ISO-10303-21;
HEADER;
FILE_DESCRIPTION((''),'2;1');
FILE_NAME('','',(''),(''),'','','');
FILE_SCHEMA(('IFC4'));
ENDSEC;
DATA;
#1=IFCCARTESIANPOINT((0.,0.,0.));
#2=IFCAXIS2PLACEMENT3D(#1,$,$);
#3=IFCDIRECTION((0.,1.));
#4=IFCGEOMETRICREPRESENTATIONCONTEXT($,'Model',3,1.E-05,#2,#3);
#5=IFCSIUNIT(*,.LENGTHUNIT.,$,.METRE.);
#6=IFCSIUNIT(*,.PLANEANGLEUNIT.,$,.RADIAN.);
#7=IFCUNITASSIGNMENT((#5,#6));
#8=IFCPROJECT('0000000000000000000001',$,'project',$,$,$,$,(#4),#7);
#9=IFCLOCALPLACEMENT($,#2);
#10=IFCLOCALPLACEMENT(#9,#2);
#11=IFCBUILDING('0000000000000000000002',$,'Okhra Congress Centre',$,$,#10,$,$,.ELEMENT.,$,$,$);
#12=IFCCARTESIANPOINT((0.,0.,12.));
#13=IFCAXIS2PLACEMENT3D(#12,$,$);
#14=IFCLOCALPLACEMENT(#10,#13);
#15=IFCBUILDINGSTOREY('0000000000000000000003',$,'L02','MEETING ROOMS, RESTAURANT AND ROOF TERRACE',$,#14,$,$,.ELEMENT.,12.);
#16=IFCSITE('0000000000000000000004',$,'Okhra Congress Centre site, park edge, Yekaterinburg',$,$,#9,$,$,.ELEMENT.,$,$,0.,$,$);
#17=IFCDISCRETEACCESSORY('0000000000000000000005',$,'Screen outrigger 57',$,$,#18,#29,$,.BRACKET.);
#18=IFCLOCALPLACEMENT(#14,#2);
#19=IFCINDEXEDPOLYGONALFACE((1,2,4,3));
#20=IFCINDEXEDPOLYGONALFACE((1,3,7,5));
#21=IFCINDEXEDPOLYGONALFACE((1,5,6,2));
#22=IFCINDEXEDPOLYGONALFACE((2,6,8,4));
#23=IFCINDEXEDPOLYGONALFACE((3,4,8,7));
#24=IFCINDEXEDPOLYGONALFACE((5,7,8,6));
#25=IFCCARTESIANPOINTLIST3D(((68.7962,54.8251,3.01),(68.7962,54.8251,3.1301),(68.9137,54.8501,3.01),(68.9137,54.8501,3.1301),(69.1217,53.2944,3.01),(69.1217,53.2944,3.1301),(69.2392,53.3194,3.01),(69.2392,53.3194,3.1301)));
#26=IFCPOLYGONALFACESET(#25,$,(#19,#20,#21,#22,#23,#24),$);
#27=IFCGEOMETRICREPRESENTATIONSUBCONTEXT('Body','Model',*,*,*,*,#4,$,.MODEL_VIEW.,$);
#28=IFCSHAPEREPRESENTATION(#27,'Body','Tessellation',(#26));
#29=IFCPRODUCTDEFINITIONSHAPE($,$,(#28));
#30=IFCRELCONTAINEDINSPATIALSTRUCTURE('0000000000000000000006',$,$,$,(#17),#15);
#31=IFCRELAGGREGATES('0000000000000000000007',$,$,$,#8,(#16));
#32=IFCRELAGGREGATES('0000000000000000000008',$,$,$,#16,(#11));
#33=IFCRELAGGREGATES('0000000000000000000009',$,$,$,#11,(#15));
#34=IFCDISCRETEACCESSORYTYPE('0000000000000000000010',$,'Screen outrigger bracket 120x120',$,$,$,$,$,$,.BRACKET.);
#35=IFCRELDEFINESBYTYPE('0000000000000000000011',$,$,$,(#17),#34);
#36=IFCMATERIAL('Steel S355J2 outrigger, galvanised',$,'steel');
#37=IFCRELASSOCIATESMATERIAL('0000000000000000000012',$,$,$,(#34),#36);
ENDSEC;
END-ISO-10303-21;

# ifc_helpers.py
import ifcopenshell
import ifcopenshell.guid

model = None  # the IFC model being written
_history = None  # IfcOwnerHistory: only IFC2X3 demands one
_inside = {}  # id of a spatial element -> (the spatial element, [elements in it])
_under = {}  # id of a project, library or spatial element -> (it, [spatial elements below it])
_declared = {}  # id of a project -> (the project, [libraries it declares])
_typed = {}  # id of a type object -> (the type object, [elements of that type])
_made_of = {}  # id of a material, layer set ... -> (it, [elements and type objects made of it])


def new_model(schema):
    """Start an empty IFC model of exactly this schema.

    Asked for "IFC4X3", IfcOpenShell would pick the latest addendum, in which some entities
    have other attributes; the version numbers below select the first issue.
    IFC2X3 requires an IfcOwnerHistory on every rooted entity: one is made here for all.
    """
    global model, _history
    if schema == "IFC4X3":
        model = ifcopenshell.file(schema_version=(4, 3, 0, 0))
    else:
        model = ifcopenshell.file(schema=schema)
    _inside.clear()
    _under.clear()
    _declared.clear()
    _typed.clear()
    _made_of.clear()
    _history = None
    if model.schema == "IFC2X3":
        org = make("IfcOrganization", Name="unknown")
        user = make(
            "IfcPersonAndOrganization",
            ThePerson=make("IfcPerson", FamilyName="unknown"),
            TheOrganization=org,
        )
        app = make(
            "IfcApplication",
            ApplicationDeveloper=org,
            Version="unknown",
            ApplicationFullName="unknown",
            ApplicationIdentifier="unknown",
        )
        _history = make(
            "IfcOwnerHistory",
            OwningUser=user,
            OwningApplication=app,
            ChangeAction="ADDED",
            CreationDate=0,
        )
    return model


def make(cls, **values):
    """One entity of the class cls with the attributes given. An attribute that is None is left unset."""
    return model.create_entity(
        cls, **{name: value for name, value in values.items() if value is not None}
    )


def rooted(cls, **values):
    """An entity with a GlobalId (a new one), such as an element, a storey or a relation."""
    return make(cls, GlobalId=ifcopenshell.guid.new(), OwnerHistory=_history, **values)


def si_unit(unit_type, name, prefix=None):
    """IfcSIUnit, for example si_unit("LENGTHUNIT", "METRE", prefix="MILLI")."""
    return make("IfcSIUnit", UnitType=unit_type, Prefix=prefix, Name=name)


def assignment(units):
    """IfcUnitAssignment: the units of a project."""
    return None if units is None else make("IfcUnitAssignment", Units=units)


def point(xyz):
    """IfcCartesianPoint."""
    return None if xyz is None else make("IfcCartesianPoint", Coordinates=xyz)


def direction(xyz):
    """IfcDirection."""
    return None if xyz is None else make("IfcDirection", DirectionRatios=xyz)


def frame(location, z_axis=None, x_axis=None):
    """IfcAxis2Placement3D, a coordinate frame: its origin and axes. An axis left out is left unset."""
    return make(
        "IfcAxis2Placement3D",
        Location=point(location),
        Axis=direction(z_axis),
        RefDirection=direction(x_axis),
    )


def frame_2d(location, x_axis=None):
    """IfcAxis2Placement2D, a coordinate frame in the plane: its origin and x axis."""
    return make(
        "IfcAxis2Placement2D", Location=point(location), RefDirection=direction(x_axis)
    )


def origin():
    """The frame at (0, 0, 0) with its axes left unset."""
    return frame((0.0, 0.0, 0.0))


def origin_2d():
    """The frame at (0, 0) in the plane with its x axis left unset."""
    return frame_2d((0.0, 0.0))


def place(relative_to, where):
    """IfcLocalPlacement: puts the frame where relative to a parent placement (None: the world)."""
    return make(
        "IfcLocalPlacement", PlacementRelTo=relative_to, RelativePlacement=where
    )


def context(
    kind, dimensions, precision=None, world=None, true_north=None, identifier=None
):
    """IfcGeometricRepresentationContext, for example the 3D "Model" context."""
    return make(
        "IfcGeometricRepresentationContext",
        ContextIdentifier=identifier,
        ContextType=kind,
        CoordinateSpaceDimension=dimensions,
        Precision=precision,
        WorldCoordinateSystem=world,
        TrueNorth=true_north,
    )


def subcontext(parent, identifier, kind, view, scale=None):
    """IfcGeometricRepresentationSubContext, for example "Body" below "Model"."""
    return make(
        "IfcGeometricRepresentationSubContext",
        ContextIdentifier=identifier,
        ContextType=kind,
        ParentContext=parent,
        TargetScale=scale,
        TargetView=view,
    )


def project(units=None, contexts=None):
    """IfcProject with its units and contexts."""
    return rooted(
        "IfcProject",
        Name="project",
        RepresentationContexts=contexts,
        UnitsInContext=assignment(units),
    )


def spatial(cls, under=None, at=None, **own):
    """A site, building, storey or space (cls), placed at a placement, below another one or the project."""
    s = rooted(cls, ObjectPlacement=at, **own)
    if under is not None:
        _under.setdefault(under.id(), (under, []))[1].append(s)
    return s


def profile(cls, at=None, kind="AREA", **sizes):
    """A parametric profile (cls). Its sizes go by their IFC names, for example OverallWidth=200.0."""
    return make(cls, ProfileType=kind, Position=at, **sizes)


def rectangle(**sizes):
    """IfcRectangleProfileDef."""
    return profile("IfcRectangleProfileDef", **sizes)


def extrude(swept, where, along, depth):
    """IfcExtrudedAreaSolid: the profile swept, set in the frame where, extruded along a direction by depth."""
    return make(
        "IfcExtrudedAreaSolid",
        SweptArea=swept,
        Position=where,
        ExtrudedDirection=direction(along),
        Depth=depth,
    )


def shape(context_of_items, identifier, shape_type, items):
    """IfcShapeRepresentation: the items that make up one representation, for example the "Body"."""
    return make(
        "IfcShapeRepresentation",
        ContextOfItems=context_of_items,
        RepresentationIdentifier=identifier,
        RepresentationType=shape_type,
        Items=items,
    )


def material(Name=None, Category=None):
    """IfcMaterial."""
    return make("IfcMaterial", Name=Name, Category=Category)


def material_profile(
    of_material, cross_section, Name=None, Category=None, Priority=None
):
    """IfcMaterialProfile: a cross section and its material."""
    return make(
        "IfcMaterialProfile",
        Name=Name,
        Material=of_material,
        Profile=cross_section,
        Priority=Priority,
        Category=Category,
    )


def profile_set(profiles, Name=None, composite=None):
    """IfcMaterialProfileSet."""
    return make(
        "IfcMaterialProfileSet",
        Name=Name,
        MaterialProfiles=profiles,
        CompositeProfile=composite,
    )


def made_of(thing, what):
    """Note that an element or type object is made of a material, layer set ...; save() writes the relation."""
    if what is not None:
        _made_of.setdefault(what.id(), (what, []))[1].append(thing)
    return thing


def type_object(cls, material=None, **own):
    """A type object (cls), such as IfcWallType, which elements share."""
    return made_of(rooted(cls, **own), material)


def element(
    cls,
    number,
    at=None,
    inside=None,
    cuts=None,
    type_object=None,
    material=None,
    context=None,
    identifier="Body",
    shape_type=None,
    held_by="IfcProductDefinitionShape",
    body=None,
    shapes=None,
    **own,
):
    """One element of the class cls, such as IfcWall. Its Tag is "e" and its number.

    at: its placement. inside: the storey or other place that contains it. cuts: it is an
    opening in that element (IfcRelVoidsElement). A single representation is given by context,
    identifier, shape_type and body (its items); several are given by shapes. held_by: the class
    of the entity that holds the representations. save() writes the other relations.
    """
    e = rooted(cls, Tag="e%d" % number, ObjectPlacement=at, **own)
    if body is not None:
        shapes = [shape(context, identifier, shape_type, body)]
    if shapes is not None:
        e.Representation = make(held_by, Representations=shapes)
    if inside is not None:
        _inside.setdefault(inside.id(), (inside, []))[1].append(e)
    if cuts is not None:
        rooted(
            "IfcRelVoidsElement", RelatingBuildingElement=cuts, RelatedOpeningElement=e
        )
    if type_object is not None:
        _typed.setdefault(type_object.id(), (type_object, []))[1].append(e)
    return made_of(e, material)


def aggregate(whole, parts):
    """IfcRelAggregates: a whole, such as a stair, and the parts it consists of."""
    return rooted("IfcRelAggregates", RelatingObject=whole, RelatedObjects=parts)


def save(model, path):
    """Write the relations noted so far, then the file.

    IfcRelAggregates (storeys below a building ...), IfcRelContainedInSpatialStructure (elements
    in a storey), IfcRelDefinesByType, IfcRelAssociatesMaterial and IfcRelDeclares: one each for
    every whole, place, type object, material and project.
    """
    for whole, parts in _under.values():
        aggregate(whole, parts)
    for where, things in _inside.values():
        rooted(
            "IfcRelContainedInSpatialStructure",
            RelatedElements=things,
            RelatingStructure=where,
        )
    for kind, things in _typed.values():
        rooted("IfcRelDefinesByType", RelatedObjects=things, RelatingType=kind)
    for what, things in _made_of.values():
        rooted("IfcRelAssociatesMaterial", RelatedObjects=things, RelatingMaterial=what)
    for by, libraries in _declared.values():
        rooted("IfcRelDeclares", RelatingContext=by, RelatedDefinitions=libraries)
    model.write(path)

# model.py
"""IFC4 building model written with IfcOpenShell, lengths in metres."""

from ifc_helpers import new_model, si_unit, direction, frame, origin, origin_2d, place, context, subcontext, project, spatial, rectangle, extrude, material, material_profile, profile_set, type_object, element, save


model = new_model("IFC4")

# Units and contexts
model_context = context("Model", 3, precision=1e-05, world=origin(), true_north=direction((0.0, 1.0)))
body_context = subcontext(model_context, "Body", "Model", "MODEL_VIEW")
ifc_project = project(units=[si_unit("LENGTHUNIT", "METRE"), si_unit("PLANEANGLEUNIT", "RADIAN")], contexts=[model_context])

# Site, building, storey
site_placement = place(None, origin())
site = spatial("IfcSite", under=ifc_project, at=site_placement, Name="Okhra Congress Centre site, park edge, Yekaterinburg", CompositionType="ELEMENT", RefElevation=0.0)
building_placement = place(site_placement, origin())
building = spatial("IfcBuilding", under=site, at=building_placement, Name="Okhra Congress Centre", CompositionType="ELEMENT")
storey_placement = place(building_placement, frame((0.0, 0.0, 12.0)))
storey = spatial("IfcBuildingStorey", under=building, at=storey_placement, Name="L02", Description="MEETING ROOMS, RESTAURANT AND ROOF TERRACE", CompositionType="ELEMENT", Elevation=12.0)

# Discrete accessory
ifc_material_1 = material(Name="Steel S355J2 outrigger, galvanised", Category="steel")
ifc_material_profile_1 = material_profile(ifc_material_1, rectangle(XDim=0.1201, YDim=0.1201, at=origin_2d()), Name="Screen outrigger bracket 120x120")
ifc_profile_set_1 = profile_set([ifc_material_profile_1], Name="Steel S355J2 outrigger, galvanised")
discrete_accessory_type = type_object("IfcDiscreteAccessoryType", Name="Screen outrigger bracket 120x120", PredefinedType="BRACKET", material=ifc_profile_set_1)
for number, where, z_axis, x_axis, name in (
    (1, (69.1804, 53.3069, 3.0701), (-0.207952, 0.978139, 0.0), (-0.978139, -0.207952, 0.0), "Screen outrigger 57"),
):
    element("IfcDiscreteAccessory", number, at=place(storey_placement, frame(where, z_axis=z_axis, x_axis=x_axis)), inside=storey, type_object=discrete_accessory_type, Name=name, PredefinedType="BRACKET", context=body_context, shape_type="SweptSolid", body=[
        extrude(rectangle(XDim=0.1201, YDim=0.1201, at=origin_2d()), origin(), (0.0, 0.0, 1.0), 1.5649),
    ])

save(model, "model.ifc")
